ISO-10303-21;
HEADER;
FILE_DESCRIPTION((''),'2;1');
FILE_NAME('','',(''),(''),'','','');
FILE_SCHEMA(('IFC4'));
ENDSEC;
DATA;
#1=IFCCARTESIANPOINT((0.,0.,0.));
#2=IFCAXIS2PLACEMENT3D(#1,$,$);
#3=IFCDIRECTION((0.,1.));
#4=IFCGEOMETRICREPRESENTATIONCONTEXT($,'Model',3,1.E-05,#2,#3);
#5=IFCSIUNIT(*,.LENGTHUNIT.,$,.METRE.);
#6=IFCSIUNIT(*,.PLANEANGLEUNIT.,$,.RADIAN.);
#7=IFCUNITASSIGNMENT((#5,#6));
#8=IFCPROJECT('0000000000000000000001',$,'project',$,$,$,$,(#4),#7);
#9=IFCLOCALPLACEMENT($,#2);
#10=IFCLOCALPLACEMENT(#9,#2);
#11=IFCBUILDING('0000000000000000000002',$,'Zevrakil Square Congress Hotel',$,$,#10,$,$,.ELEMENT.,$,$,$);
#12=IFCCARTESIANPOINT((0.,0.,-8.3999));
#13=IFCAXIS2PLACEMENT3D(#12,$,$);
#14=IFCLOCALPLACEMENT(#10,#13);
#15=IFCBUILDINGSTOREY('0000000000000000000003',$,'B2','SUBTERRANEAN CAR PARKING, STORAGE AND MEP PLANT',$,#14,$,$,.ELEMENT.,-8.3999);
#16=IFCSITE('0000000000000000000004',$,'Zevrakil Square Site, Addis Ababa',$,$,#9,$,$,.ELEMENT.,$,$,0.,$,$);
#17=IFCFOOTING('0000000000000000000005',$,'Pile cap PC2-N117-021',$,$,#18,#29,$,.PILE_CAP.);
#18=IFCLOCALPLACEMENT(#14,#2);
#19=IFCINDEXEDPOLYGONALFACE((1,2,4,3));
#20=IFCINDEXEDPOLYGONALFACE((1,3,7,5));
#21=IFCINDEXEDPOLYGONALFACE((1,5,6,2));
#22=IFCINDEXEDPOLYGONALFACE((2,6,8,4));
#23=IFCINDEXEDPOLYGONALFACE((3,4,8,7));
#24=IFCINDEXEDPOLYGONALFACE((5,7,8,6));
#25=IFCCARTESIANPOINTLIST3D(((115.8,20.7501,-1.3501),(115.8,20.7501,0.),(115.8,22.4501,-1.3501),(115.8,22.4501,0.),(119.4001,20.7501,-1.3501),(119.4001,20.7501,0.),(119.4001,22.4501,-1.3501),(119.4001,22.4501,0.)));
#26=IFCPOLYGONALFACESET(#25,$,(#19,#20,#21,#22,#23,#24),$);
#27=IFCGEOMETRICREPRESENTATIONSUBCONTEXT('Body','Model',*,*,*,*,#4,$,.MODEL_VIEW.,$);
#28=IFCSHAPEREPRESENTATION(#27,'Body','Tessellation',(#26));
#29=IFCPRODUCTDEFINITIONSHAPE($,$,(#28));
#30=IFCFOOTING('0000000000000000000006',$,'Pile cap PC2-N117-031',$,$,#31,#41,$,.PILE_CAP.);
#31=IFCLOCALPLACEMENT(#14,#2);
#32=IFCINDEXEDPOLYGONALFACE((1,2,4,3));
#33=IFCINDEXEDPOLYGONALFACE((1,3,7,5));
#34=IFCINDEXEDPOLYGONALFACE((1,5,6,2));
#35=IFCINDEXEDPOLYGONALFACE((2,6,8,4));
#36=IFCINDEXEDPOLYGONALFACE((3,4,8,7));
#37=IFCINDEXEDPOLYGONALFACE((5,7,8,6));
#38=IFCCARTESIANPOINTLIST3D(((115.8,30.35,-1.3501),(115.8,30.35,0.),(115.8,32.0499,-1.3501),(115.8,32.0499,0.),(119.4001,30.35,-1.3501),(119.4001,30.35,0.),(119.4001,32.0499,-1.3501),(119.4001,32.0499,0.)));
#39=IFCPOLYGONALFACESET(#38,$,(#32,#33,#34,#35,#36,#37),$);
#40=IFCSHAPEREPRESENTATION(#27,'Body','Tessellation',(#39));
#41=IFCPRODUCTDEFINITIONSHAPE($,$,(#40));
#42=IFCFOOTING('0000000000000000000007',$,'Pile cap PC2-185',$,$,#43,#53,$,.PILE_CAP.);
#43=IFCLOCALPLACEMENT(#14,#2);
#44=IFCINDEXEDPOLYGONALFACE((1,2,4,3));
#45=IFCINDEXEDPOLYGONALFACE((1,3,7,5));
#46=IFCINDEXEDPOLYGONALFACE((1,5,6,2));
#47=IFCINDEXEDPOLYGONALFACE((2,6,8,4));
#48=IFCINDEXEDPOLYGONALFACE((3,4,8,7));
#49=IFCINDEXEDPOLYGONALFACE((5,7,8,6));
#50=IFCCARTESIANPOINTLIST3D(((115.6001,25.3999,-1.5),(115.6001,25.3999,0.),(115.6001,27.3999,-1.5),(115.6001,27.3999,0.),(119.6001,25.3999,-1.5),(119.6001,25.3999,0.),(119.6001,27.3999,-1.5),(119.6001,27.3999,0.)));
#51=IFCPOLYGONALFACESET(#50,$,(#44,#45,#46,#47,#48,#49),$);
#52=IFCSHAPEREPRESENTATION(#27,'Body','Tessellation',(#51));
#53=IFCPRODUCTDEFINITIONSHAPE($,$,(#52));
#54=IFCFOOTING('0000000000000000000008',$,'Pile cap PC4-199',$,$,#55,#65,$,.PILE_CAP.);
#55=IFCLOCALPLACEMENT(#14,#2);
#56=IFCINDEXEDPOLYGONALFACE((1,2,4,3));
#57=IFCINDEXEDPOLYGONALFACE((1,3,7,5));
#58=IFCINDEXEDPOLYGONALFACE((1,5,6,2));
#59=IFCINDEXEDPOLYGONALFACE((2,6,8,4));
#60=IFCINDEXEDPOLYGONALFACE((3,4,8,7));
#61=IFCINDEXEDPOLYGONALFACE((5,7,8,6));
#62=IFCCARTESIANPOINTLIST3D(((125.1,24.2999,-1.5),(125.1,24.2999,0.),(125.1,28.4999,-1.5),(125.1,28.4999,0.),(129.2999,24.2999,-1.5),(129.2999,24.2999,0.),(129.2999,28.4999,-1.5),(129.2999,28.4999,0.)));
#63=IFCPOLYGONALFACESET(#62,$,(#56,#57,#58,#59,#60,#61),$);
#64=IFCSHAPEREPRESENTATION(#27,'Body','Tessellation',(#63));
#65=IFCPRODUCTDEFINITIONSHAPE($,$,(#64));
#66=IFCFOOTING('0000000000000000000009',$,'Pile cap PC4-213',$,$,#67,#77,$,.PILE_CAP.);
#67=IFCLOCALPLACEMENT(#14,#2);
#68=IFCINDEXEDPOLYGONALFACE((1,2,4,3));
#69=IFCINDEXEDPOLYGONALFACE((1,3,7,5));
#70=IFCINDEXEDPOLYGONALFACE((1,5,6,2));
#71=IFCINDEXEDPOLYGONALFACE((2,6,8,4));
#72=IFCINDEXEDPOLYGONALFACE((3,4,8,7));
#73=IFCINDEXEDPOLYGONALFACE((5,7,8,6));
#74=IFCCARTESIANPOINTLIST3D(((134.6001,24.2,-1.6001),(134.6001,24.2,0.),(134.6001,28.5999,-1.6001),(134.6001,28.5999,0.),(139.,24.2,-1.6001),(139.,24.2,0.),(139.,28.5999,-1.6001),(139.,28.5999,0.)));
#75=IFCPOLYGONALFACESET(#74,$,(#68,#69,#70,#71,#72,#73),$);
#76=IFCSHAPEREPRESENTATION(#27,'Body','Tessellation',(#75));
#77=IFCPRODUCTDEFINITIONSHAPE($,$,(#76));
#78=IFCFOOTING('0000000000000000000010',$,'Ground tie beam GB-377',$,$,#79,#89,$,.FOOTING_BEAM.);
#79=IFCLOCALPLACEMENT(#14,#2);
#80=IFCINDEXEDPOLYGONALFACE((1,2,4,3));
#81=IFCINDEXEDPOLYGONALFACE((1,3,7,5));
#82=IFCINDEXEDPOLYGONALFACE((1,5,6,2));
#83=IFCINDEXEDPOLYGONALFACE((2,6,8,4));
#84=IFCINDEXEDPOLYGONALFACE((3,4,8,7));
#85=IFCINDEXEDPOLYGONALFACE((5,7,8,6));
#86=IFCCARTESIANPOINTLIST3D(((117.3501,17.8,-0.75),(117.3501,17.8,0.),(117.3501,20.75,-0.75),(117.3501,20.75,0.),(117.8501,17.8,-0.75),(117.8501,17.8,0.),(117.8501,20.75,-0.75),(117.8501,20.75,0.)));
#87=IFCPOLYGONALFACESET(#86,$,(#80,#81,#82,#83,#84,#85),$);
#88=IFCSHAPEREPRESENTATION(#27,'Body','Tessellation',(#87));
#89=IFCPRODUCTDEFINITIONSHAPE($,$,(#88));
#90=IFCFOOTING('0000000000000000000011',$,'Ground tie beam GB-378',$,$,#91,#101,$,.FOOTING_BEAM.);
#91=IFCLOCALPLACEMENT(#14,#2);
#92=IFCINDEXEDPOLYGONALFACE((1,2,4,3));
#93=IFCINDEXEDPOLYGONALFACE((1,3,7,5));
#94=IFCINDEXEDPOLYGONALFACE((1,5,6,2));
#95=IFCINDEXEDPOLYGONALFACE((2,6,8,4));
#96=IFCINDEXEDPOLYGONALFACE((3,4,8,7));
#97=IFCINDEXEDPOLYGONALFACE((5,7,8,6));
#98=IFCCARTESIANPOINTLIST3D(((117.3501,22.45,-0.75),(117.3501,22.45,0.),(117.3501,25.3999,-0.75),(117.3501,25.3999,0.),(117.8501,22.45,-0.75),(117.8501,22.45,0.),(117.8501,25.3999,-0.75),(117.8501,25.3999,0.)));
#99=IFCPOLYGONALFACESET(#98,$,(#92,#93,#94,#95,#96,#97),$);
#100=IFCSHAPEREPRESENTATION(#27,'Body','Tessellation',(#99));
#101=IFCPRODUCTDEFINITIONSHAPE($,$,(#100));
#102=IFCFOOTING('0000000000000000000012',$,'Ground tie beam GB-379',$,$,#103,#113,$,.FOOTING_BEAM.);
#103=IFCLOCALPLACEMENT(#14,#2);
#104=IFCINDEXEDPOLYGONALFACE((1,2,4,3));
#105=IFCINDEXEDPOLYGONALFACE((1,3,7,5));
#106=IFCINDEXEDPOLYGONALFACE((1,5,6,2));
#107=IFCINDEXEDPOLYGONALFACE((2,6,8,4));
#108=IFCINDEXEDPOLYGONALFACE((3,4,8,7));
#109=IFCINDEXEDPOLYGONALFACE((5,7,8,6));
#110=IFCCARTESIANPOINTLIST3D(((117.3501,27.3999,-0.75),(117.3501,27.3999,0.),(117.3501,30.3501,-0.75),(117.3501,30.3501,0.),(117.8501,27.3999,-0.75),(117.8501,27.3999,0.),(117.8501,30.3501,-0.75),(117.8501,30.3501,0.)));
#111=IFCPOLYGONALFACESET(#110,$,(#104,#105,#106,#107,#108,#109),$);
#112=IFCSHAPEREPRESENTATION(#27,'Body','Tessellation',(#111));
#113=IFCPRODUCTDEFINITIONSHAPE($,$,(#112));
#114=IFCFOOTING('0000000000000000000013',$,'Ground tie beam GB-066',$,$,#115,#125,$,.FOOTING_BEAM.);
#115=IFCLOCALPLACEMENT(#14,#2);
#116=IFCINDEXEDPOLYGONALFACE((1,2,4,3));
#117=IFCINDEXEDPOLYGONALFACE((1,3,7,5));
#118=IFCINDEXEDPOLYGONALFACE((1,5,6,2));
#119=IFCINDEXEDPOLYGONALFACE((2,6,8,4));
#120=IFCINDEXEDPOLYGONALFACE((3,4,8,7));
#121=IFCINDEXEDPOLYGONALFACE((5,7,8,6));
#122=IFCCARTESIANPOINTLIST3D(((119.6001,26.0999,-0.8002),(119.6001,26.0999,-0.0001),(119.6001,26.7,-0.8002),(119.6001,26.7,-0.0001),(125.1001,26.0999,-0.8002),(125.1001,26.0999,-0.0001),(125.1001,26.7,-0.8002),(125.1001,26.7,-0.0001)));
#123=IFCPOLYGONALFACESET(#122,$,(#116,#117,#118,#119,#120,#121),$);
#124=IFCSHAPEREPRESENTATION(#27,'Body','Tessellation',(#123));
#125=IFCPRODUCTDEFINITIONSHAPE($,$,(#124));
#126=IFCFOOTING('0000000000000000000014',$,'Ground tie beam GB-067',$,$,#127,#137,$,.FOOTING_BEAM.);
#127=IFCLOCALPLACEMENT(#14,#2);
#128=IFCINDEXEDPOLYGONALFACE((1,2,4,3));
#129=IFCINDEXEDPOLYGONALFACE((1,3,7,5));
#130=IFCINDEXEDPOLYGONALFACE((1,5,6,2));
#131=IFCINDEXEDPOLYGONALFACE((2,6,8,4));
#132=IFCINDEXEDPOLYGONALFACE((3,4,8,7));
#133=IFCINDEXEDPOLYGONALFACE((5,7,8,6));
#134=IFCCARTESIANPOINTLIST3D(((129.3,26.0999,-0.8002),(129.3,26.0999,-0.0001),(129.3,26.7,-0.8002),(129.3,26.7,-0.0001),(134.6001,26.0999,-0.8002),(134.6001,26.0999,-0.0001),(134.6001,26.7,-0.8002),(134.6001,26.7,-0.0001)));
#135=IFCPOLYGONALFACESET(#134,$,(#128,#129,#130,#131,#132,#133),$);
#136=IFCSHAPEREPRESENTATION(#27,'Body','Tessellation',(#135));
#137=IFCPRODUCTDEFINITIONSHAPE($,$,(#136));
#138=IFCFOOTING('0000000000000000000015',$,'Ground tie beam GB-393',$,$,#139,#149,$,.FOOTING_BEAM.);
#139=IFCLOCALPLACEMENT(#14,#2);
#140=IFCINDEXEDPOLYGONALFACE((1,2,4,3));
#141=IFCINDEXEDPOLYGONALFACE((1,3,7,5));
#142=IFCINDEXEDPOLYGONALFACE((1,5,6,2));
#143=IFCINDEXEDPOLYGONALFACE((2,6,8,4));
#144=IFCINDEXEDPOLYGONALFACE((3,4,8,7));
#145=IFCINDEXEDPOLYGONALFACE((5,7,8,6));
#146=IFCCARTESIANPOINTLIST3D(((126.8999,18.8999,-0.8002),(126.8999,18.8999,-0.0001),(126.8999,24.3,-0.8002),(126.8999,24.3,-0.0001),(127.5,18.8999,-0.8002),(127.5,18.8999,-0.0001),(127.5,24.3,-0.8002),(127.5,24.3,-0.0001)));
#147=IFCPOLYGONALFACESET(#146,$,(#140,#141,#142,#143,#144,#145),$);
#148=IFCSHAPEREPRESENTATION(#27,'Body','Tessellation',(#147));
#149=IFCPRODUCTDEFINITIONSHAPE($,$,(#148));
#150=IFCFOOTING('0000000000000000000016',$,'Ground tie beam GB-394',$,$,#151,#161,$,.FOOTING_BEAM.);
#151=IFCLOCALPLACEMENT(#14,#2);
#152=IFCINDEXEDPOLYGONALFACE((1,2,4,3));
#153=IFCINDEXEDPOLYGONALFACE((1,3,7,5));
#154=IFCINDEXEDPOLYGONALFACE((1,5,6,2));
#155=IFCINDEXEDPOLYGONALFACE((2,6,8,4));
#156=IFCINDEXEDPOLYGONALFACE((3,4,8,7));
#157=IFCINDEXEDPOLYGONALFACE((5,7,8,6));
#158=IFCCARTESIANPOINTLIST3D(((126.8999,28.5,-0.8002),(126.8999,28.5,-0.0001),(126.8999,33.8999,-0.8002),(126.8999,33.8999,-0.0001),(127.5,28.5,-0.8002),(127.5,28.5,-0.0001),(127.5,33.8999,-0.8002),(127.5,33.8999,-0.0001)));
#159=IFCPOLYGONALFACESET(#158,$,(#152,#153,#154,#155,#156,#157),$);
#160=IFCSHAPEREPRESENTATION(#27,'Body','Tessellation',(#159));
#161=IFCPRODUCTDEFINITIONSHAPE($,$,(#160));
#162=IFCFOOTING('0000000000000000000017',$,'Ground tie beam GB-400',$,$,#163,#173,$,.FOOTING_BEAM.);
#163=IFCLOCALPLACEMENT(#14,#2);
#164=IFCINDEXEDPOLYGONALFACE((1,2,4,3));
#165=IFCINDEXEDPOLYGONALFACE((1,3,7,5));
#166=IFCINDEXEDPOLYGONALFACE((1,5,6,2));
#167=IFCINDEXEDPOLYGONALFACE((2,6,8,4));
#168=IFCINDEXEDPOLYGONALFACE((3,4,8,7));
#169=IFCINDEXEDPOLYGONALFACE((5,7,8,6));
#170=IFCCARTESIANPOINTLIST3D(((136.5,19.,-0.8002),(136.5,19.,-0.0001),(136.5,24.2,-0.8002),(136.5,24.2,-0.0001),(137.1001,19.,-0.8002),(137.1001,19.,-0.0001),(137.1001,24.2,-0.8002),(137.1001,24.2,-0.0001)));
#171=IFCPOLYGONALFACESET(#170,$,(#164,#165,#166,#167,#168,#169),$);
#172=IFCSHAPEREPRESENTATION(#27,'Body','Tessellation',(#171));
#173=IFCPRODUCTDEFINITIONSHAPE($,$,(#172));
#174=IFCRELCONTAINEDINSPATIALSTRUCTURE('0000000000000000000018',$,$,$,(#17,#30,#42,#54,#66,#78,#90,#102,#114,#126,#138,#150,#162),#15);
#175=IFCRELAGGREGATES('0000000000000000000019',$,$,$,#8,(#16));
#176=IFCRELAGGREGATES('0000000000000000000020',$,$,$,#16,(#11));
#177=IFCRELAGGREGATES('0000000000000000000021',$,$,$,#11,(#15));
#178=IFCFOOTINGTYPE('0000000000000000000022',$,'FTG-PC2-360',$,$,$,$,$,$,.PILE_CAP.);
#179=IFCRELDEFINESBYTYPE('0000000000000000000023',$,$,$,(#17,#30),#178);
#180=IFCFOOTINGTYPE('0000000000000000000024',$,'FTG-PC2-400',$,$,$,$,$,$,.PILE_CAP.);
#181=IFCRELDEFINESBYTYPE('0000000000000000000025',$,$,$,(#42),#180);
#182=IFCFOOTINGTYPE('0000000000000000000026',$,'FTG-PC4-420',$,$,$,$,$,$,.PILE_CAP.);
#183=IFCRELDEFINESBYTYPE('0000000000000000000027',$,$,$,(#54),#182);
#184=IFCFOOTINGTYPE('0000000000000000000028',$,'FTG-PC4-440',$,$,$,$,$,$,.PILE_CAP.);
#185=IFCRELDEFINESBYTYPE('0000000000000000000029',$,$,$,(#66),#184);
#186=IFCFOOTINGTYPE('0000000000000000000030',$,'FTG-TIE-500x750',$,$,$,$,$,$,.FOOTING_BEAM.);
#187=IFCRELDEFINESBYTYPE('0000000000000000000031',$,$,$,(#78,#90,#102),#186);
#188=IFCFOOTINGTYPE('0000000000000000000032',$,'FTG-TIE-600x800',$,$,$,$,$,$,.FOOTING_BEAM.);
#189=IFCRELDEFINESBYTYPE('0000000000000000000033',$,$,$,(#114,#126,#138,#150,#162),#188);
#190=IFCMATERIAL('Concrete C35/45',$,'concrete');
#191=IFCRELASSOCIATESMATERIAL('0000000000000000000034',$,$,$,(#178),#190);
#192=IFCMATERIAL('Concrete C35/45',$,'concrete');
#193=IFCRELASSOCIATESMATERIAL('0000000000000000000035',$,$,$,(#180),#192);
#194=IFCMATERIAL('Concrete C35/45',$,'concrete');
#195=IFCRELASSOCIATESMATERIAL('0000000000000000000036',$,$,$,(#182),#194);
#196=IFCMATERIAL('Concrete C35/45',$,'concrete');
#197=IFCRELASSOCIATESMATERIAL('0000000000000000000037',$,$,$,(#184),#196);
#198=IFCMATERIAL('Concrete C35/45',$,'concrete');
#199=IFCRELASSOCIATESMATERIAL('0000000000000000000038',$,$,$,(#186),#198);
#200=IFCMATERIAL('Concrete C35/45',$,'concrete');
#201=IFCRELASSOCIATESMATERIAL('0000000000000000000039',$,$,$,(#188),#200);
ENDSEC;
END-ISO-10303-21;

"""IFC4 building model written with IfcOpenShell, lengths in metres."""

from ifc_helpers import new_model, si_unit, direction, frame, origin, origin_2d, place, context, subcontext, project, spatial, rectangle, extrude, material, material_profile, profile_set, type_object, element, save


model = new_model("IFC4")

# Units and contexts
model_context = context("Model", 3, precision=1e-05, world=origin(), true_north=direction((0.0, 1.0)))
body_context = subcontext(model_context, "Body", "Model", "MODEL_VIEW")
ifc_project = project(units=[si_unit("LENGTHUNIT", "METRE"), si_unit("PLANEANGLEUNIT", "RADIAN")], contexts=[model_context])

# Site, building, storey
site_placement = place(None, origin())
site = spatial("IfcSite", under=ifc_project, at=site_placement, Name="Zevrakil Square Site, Addis Ababa", CompositionType="ELEMENT", RefElevation=0.0)
building_placement = place(site_placement, origin())
building = spatial("IfcBuilding", under=site, at=building_placement, Name="Zevrakil Square Congress Hotel", CompositionType="ELEMENT")
storey_placement = place(building_placement, frame((0.0, 0.0, -8.3999)))
storey = spatial("IfcBuildingStorey", under=building, at=storey_placement, Name="B2", Description="SUBTERRANEAN CAR PARKING, STORAGE AND MEP PLANT", CompositionType="ELEMENT", Elevation=-8.3999)

# Footings
ifc_material_1 = material(Name="Concrete C35/45", Category="concrete")
footing_type_1 = type_object("IfcFootingType", Name="FTG-PC2-360", PredefinedType="PILE_CAP", material=ifc_material_1)
for number, where, z_axis, x_axis, name in (
    (1, (117.6001, 21.6001, -1.3501), (0.0, 0.0, 1.0), (1.0, 0.0, 0.0), "Pile cap PC2-N117-021"),
    (2, (117.6001, 31.2, -1.3501), (0.0, 0.0, 1.0), (1.0, 0.0, 0.0), "Pile cap PC2-N117-031"),
):
    element("IfcFooting", number, at=place(storey_placement, frame(where, z_axis=z_axis, x_axis=x_axis)), inside=storey, type_object=footing_type_1, Name=name, PredefinedType="PILE_CAP", context=body_context, shape_type="SweptSolid", body=[
        extrude(rectangle(XDim=3.6001, YDim=1.7, at=origin_2d()), origin(), (0.0, 0.0, 1.0), 1.3501),
    ])
ifc_material_2 = material(Name="Concrete C35/45", Category="concrete")
footing_type_2 = type_object("IfcFootingType", Name="FTG-PC2-400", PredefinedType="PILE_CAP", material=ifc_material_2)
footing_1_placement = place(storey_placement, frame((117.6001, 26.3999, -1.5), z_axis=(0.0, 0.0, 1.0), x_axis=(1.0, 0.0, 0.0)))
element("IfcFooting", 3, at=footing_1_placement, inside=storey, type_object=footing_type_2, Name="Pile cap PC2-185", PredefinedType="PILE_CAP", context=body_context, shape_type="SweptSolid", body=[
    extrude(rectangle(XDim=4.0, YDim=2.0, at=origin_2d()), origin(), (0.0, 0.0, 1.0), 1.5),
])
ifc_material_3 = material(Name="Concrete C35/45", Category="concrete")
footing_type_3 = type_object("IfcFootingType", Name="FTG-PC4-420", PredefinedType="PILE_CAP", material=ifc_material_3)
footing_2_placement = place(storey_placement, frame((127.2, 26.3999, -1.5), z_axis=(0.0, 0.0, 1.0), x_axis=(1.0, 0.0, 0.0)))
element("IfcFooting", 4, at=footing_2_placement, inside=storey, type_object=footing_type_3, Name="Pile cap PC4-199", PredefinedType="PILE_CAP", context=body_context, shape_type="SweptSolid", body=[
    extrude(rectangle(XDim=4.2, YDim=4.2, at=origin_2d()), origin(), (0.0, 0.0, 1.0), 1.5),
])
ifc_material_4 = material(Name="Concrete C35/45", Category="concrete")
footing_type_4 = type_object("IfcFootingType", Name="FTG-PC4-440", PredefinedType="PILE_CAP", material=ifc_material_4)
footing_3_placement = place(storey_placement, frame((136.8, 26.3999, -1.6001), z_axis=(0.0, 0.0, 1.0), x_axis=(1.0, 0.0, 0.0)))
element("IfcFooting", 5, at=footing_3_placement, inside=storey, type_object=footing_type_4, Name="Pile cap PC4-213", PredefinedType="PILE_CAP", context=body_context, shape_type="SweptSolid", body=[
    extrude(rectangle(XDim=4.3999, YDim=4.3999, at=origin_2d()), origin(), (0.0, 0.0, 1.0), 1.6001),
])
ifc_material_5 = material(Name="Concrete C35/45", Category="concrete")
ifc_material_profile_1 = material_profile(ifc_material_5, rectangle(XDim=0.5, YDim=0.75, at=origin_2d()), Name="RC 500x750")
ifc_profile_set_1 = profile_set([ifc_material_profile_1], Name="Concrete C35/45")
footing_type_5 = type_object("IfcFootingType", Name="FTG-TIE-500x750", PredefinedType="FOOTING_BEAM", material=ifc_profile_set_1)
for number, where, z_axis, x_axis, name in (
    (6, (117.6001, 17.8, -0.375), (0.0, 1.0, 0.0), (-1.0, 0.0, 0.0), "Ground tie beam GB-377"),
    (7, (117.6001, 22.45, -0.375), (0.0, 1.0, 0.0), (-1.0, 0.0, 0.0), "Ground tie beam GB-378"),
):
    element("IfcFooting", number, at=place(storey_placement, frame(where, z_axis=z_axis, x_axis=x_axis)), inside=storey, type_object=footing_type_5, Name=name, PredefinedType="FOOTING_BEAM", context=body_context, shape_type="SweptSolid", body=[
        extrude(rectangle(XDim=0.5, YDim=0.75, at=origin_2d()), origin(), (0.0, 0.0, 1.0), 2.95),
    ])
footing_4_placement = place(storey_placement, frame((117.6001, 27.3999, -0.375), z_axis=(0.0, 1.0, 0.0), x_axis=(-1.0, 0.0, 0.0)))
element("IfcFooting", 8, at=footing_4_placement, inside=storey, type_object=footing_type_5, Name="Ground tie beam GB-379", PredefinedType="FOOTING_BEAM", context=body_context, shape_type="SweptSolid", body=[
    extrude(rectangle(XDim=0.5, YDim=0.75, at=origin_2d()), origin(), (0.0, 0.0, 1.0), 2.9502),
])
ifc_material_6 = material(Name="Concrete C35/45", Category="concrete")
ifc_material_profile_2 = material_profile(ifc_material_6, rectangle(XDim=0.6001, YDim=0.8, at=origin_2d()), Name="RC 600x800")
ifc_profile_set_2 = profile_set([ifc_material_profile_2], Name="Concrete C35/45")
footing_type_6 = type_object("IfcFootingType", Name="FTG-TIE-600x800", PredefinedType="FOOTING_BEAM", material=ifc_profile_set_2)
footing_5_placement = place(storey_placement, frame((119.6001, 26.3999, -0.4001), z_axis=(1.0, 0.0, 0.0), x_axis=(0.0, 1.0, 0.0)))
element("IfcFooting", 9, at=footing_5_placement, inside=storey, type_object=footing_type_6, Name="Ground tie beam GB-066", PredefinedType="FOOTING_BEAM", context=body_context, shape_type="SweptSolid", body=[
    extrude(rectangle(XDim=0.6001, YDim=0.8, at=origin_2d()), origin(), (0.0, 0.0, 1.0), 5.5),
])
footing_6_placement = place(storey_placement, frame((129.3, 26.3999, -0.4001), z_axis=(1.0, 0.0, 0.0), x_axis=(0.0, 1.0, 0.0)))
element("IfcFooting", 10, at=footing_6_placement, inside=storey, type_object=footing_type_6, Name="Ground tie beam GB-067", PredefinedType="FOOTING_BEAM", context=body_context, shape_type="SweptSolid", body=[
    extrude(rectangle(XDim=0.6001, YDim=0.8, at=origin_2d()), origin(), (0.0, 0.0, 1.0), 5.3),
])
footing_7_placement = place(storey_placement, frame((127.2, 18.8999, -0.4001), z_axis=(0.0, 1.0, 0.0), x_axis=(-1.0, 0.0, 0.0)))
element("IfcFooting", 11, at=footing_7_placement, inside=storey, type_object=footing_type_6, Name="Ground tie beam GB-393", PredefinedType="FOOTING_BEAM", context=body_context, shape_type="SweptSolid", body=[
    extrude(rectangle(XDim=0.6001, YDim=0.8, at=origin_2d()), origin(), (0.0, 0.0, 1.0), 5.4001),
])
footing_8_placement = place(storey_placement, frame((127.2, 28.5, -0.4001), z_axis=(0.0, 1.0, 0.0), x_axis=(-1.0, 0.0, 0.0)))
element("IfcFooting", 12, at=footing_8_placement, inside=storey, type_object=footing_type_6, Name="Ground tie beam GB-394", PredefinedType="FOOTING_BEAM", context=body_context, shape_type="SweptSolid", body=[
    extrude(rectangle(XDim=0.6001, YDim=0.8, at=origin_2d()), origin(), (0.0, 0.0, 1.0), 5.3999),
])
footing_9_placement = place(storey_placement, frame((136.8, 19.0, -0.4001), z_axis=(0.0, 1.0, 0.0), x_axis=(-1.0, 0.0, 0.0)))
element("IfcFooting", 13, at=footing_9_placement, inside=storey, type_object=footing_type_6, Name="Ground tie beam GB-400", PredefinedType="FOOTING_BEAM", context=body_context, shape_type="SweptSolid", body=[
    extrude(rectangle(XDim=0.6001, YDim=0.8, at=origin_2d()), origin(), (0.0, 0.0, 1.0), 5.2),
])

save(model, "model.ifc")
